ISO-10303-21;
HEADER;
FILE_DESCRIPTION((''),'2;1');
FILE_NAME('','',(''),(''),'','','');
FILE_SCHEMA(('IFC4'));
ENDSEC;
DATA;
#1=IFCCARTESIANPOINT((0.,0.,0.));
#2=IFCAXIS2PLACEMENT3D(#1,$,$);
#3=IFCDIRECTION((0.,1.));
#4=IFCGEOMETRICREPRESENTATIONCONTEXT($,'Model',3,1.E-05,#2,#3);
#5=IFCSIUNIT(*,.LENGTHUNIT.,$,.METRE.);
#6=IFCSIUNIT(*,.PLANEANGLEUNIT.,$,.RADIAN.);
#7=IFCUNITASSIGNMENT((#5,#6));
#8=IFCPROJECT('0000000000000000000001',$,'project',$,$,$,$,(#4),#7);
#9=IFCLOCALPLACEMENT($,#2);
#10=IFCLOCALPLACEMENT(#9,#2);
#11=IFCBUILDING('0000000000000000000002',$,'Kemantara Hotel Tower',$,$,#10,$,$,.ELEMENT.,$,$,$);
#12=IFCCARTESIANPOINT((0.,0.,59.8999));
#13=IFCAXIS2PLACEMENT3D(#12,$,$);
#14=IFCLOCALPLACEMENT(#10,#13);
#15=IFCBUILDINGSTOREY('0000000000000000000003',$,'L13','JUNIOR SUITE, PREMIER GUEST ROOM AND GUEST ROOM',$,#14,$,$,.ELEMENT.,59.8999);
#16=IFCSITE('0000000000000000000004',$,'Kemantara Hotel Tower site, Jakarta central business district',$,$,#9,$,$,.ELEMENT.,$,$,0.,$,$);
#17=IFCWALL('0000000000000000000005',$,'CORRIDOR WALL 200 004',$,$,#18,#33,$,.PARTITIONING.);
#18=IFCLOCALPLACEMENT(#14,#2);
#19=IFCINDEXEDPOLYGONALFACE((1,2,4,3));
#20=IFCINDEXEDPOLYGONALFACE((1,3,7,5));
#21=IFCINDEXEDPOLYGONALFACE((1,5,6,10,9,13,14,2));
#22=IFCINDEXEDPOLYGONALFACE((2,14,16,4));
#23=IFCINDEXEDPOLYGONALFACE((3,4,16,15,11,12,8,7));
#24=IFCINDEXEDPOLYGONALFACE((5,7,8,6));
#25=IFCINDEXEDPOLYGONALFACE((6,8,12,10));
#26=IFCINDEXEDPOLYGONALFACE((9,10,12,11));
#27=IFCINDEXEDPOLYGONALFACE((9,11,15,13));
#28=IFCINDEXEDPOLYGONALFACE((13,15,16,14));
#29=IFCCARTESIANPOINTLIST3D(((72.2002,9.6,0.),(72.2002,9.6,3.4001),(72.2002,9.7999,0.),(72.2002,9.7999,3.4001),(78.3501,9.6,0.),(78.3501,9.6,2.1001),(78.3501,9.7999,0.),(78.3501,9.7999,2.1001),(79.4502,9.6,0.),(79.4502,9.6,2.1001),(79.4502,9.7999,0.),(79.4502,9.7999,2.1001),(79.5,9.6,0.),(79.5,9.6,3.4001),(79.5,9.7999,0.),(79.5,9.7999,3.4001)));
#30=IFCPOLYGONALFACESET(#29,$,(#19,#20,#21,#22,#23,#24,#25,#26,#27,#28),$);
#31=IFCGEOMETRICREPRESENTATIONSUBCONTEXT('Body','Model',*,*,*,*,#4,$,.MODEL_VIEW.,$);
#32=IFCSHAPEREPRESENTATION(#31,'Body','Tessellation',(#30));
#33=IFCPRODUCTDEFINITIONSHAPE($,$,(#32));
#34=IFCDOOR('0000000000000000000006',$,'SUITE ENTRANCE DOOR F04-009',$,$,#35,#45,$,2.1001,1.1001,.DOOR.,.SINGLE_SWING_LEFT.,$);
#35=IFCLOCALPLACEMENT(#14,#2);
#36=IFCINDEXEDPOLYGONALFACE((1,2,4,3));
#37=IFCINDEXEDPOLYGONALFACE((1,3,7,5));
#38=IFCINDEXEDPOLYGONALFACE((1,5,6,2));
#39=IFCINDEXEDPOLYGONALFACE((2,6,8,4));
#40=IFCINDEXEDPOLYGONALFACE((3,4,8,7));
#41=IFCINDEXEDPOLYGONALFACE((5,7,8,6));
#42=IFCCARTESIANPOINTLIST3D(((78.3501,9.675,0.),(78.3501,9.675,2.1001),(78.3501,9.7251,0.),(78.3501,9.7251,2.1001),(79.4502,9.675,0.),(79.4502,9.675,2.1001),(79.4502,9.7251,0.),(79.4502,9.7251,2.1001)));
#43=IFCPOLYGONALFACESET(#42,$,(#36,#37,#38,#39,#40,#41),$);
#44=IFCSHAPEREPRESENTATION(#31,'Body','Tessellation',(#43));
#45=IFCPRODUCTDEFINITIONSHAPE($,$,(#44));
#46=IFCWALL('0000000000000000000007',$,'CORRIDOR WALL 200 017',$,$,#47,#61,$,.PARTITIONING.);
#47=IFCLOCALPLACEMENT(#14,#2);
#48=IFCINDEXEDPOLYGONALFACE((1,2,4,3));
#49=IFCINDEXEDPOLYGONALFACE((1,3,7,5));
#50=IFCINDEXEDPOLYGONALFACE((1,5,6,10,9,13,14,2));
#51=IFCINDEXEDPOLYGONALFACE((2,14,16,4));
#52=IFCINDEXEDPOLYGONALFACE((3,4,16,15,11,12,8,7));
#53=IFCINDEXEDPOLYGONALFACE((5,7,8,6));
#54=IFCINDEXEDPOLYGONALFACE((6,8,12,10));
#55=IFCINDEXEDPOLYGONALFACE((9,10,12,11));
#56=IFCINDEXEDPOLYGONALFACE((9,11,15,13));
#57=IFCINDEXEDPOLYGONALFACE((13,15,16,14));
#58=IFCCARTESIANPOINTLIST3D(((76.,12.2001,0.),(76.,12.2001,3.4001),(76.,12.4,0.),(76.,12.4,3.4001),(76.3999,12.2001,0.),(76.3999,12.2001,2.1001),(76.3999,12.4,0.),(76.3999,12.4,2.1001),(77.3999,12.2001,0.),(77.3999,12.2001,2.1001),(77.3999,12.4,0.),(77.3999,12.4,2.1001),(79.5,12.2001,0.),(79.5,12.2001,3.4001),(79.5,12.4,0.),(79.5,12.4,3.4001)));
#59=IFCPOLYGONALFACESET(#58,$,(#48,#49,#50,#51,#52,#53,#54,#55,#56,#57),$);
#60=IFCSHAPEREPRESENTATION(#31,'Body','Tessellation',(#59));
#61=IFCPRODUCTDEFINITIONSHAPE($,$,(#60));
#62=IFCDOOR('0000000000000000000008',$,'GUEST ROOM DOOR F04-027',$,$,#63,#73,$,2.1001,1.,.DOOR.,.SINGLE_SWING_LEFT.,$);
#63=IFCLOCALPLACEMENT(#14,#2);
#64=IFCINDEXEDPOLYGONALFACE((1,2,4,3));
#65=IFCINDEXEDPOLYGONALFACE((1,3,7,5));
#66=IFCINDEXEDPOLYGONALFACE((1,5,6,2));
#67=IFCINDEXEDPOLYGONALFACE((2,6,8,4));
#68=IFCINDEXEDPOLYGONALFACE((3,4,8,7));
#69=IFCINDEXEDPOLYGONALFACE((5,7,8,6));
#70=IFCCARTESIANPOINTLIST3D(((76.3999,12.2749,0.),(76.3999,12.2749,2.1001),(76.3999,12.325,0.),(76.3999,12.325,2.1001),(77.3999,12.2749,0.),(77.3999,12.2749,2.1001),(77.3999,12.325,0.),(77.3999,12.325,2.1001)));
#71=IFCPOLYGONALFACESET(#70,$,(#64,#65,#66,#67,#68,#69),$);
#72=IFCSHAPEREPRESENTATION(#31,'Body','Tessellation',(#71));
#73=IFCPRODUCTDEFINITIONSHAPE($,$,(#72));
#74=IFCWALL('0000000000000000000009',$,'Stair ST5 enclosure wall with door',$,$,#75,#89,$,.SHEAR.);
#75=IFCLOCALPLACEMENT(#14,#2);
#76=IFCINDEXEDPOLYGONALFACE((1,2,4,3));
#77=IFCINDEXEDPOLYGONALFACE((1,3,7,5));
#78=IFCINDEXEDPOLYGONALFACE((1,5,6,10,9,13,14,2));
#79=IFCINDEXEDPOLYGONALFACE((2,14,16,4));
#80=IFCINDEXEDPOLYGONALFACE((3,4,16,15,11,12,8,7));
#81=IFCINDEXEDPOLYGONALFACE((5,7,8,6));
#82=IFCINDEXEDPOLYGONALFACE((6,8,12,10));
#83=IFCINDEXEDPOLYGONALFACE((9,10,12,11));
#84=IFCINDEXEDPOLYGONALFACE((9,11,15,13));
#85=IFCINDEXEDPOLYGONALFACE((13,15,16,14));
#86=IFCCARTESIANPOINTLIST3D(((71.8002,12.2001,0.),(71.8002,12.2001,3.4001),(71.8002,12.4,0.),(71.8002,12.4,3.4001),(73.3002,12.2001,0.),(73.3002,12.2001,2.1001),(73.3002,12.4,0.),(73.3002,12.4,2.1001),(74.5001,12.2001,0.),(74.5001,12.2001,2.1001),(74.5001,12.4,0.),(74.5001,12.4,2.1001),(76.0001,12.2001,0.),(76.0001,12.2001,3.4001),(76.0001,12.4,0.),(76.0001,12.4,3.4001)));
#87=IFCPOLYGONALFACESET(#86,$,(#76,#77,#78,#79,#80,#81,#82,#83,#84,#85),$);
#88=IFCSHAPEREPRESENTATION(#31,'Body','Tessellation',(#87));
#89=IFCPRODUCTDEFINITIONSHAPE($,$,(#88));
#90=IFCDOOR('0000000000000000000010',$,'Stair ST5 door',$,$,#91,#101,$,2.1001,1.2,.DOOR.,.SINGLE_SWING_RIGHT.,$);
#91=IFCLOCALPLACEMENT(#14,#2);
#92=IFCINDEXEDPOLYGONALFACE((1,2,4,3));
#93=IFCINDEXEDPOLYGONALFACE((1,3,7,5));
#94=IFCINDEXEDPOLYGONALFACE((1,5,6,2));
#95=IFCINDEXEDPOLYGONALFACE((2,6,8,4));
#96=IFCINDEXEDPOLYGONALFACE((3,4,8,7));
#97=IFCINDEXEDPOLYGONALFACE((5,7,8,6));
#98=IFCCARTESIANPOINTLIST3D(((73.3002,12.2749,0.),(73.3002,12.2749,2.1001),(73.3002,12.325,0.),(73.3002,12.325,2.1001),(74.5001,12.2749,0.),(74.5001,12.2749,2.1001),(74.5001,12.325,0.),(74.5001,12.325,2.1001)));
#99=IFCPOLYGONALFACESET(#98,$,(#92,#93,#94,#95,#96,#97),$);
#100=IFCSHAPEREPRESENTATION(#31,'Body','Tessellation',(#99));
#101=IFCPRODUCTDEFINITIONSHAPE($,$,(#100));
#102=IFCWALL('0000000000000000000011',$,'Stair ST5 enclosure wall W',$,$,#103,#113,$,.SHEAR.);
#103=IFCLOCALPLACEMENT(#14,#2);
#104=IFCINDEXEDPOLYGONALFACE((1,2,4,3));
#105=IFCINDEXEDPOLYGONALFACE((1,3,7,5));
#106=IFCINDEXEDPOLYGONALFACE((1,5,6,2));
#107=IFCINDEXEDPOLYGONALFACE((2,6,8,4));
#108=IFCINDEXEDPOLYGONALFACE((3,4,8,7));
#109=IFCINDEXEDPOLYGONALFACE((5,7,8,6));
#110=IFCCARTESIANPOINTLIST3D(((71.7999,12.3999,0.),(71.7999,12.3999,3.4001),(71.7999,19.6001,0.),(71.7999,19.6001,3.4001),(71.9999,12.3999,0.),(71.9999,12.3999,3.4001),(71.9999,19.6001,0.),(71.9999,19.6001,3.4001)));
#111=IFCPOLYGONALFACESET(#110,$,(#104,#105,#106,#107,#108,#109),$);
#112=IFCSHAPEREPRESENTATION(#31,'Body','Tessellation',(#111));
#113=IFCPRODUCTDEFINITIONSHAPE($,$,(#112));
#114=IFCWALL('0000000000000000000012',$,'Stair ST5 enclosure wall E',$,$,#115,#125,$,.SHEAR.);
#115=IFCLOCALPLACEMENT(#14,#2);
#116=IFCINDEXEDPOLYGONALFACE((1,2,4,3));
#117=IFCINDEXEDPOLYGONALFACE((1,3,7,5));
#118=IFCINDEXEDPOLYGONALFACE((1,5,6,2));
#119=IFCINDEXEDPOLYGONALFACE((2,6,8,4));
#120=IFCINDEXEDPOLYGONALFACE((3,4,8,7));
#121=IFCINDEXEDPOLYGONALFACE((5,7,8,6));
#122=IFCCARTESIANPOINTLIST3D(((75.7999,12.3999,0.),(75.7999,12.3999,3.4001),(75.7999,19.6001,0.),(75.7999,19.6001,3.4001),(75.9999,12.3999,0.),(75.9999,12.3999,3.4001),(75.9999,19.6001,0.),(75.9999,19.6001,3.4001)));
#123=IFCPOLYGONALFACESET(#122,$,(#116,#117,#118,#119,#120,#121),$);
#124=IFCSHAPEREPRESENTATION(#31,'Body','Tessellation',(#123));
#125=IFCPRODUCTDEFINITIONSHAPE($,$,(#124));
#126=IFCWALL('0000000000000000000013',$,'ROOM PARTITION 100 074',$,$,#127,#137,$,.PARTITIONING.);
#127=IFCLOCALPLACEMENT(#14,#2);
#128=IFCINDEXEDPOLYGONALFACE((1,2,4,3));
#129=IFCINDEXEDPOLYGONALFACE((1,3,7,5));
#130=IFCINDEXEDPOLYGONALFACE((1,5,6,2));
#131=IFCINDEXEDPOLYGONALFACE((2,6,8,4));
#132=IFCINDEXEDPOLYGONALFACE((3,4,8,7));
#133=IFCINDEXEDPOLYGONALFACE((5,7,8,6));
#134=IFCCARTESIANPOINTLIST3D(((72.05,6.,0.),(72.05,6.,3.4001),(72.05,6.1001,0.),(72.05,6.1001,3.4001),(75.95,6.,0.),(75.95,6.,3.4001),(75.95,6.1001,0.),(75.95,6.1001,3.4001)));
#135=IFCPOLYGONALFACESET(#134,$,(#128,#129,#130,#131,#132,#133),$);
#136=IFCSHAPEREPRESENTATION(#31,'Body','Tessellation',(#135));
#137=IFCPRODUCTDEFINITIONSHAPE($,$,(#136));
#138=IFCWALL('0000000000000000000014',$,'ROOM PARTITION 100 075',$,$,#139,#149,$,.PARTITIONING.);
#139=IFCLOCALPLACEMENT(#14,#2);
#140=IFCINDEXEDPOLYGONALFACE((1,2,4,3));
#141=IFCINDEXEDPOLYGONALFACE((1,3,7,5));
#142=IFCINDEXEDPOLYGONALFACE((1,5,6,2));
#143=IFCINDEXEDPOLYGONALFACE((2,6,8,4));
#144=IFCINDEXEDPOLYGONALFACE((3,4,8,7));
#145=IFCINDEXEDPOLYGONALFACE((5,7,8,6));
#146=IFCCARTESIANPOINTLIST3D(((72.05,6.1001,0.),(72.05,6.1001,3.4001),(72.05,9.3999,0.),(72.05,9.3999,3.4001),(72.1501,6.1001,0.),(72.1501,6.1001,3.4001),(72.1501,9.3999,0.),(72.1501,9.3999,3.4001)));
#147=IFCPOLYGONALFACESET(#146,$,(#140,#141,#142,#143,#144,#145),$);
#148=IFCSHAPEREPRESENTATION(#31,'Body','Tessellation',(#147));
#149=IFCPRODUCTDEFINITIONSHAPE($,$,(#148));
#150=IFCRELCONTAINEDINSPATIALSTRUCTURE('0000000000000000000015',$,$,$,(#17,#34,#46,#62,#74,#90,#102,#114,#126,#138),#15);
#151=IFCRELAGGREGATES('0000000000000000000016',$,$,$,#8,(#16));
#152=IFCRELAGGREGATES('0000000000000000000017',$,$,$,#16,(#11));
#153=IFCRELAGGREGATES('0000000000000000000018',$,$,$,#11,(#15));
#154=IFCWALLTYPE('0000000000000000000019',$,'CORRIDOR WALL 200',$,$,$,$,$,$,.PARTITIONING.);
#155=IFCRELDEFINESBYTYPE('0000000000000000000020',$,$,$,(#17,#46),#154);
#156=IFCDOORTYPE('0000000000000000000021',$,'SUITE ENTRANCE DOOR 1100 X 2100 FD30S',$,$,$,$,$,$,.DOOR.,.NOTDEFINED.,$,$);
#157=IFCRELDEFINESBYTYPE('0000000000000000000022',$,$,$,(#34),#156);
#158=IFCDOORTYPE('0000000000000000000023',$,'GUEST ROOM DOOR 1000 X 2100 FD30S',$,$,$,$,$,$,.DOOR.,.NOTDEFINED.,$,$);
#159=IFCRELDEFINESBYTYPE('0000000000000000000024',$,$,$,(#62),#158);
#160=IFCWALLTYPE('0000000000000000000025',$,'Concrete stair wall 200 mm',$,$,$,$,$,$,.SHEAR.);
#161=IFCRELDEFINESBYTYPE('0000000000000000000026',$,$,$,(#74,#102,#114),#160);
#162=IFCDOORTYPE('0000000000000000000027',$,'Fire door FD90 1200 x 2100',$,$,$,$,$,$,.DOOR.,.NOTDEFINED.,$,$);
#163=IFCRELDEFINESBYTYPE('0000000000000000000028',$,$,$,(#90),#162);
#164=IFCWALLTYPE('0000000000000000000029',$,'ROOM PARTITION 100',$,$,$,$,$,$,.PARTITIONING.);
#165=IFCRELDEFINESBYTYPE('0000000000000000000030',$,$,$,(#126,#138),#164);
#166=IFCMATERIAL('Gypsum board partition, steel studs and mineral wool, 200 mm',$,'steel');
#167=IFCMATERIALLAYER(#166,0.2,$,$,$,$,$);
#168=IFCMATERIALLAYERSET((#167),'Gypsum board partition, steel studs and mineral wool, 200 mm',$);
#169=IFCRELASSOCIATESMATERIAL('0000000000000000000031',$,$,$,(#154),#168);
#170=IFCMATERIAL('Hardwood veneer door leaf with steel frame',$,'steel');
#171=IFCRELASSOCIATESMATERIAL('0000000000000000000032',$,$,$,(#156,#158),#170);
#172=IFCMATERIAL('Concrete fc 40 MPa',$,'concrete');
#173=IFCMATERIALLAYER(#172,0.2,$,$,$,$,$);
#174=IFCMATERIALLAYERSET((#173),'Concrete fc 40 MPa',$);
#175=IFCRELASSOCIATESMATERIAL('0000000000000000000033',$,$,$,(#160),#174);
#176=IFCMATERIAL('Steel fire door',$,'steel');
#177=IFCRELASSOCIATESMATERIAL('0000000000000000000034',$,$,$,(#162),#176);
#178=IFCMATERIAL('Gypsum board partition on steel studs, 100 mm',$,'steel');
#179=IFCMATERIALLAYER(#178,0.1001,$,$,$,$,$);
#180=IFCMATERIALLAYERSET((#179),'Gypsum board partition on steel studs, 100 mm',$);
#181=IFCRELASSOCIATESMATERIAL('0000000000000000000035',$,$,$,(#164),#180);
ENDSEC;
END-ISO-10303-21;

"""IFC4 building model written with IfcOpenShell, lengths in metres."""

from ifc_helpers import new_model, si_unit, direction, frame, frame_2d, origin, place, context, subcontext, project, spatial, rectangle, extrude, material, layer, layer_set, type_object, element, fill, save


model = new_model("IFC4")

# Units and contexts
model_context = context("Model", 3, precision=1e-05, world=origin(), true_north=direction((0.0, 1.0)))
body_context = subcontext(model_context, "Body", "Model", "MODEL_VIEW")
ifc_project = project(units=[si_unit("LENGTHUNIT", "METRE"), si_unit("PLANEANGLEUNIT", "RADIAN")], contexts=[model_context])

# Site, building, storey
site_placement = place(None, origin())
site = spatial("IfcSite", under=ifc_project, at=site_placement, Name="Kemantara Hotel Tower site, Jakarta central business district", CompositionType="ELEMENT", RefElevation=0.0)
building_placement = place(site_placement, origin())
building = spatial("IfcBuilding", under=site, at=building_placement, Name="Kemantara Hotel Tower", CompositionType="ELEMENT")
storey_placement = place(building_placement, frame((0.0, 0.0, 59.8999)))
storey = spatial("IfcBuildingStorey", under=building, at=storey_placement, Name="L13", Description="JUNIOR SUITE, PREMIER GUEST ROOM AND GUEST ROOM", CompositionType="ELEMENT", Elevation=59.8999)

# Walls, openings, doors
ifc_material_1 = material(Name="Gypsum board partition, steel studs and mineral wool, 200 mm", Category="steel")
ifc_layer_1 = layer(ifc_material_1, 0.2)
ifc_layer_set_1 = layer_set([ifc_layer_1], Name="Gypsum board partition, steel studs and mineral wool, 200 mm")
wall_type_1 = type_object("IfcWallType", Name="CORRIDOR WALL 200", PredefinedType="PARTITIONING", material=ifc_layer_set_1)
wall_1_placement = place(storey_placement, frame((79.5, 9.7, 0.0), z_axis=(0.0, 0.0, 1.0), x_axis=(-1.0, 0.0, 0.0)))
wall_1 = element("IfcWall", 1, at=wall_1_placement, inside=storey, type_object=wall_type_1, Name="CORRIDOR WALL 200 004", PredefinedType="PARTITIONING", context=body_context, shape_type="SweptSolid", body=[
    extrude(rectangle(XDim=7.2998, YDim=0.2, at=frame_2d((3.6499, 0.0))), origin(), (0.0, 0.0, 1.0), 3.4001),
])
opening_1_placement = place(wall_1_placement, frame((0.0498, 0.0, 0.0)))
opening_1 = element("IfcOpeningElement", 2, at=opening_1_placement, cuts=wall_1, PredefinedType="OPENING", context=body_context, shape_type="SweptSolid", body=[
    extrude(rectangle(XDim=1.1001, YDim=2.1001, at=frame_2d((0.55, 1.05))), frame((0.0, 0.1099, 0.0), z_axis=(0.0, -1.0, 0.0), x_axis=(1.0, 0.0, 0.0)), (0.0, 0.0, 1.0), 0.22),
])
ifc_material_2 = material(Name="Hardwood veneer door leaf with steel frame", Category="steel")
door_type_1 = type_object("IfcDoorType", Name="SUITE ENTRANCE DOOR 1100 X 2100 FD30S", OperationType="NOTDEFINED", PredefinedType="DOOR", material=ifc_material_2)
door_1_placement = place(opening_1_placement, origin())
door_1 = element("IfcDoor", 3, at=door_1_placement, inside=storey, type_object=door_type_1, Name="SUITE ENTRANCE DOOR F04-009", OperationType="SINGLE_SWING_LEFT", OverallHeight=2.1001, OverallWidth=1.1001, PredefinedType="DOOR", context=body_context, shape_type="SweptSolid", body=[
    extrude(rectangle(XDim=1.1001, YDim=2.1001, at=frame_2d((0.55, 1.05))), frame((0.0, 0.0249, 0.0), z_axis=(0.0, -1.0, 0.0), x_axis=(1.0, 0.0, 0.0)), (0.0, 0.0, 1.0), 0.05),
])
fill(opening_1, door_1)
wall_2_placement = place(storey_placement, frame((76.0, 12.3, 0.0), z_axis=(0.0, 0.0, 1.0), x_axis=(1.0, 0.0, 0.0)))
wall_2 = element("IfcWall", 4, at=wall_2_placement, inside=storey, type_object=wall_type_1, Name="CORRIDOR WALL 200 017", PredefinedType="PARTITIONING", context=body_context, shape_type="SweptSolid", body=[
    extrude(rectangle(XDim=3.5, YDim=0.2, at=frame_2d((1.75, 0.0))), origin(), (0.0, 0.0, 1.0), 3.4001),
])
opening_2_placement = place(wall_2_placement, frame((0.3999, 0.0, 0.0)))
opening_2 = element("IfcOpeningElement", 5, at=opening_2_placement, cuts=wall_2, PredefinedType="OPENING", context=body_context, shape_type="SweptSolid", body=[
    extrude(rectangle(XDim=1.0, YDim=2.1001, at=frame_2d((0.5, 1.05))), frame((0.0, 0.1099, 0.0), z_axis=(0.0, -1.0, 0.0), x_axis=(1.0, 0.0, 0.0)), (0.0, 0.0, 1.0), 0.22),
])
door_type_2 = type_object("IfcDoorType", Name="GUEST ROOM DOOR 1000 X 2100 FD30S", OperationType="NOTDEFINED", PredefinedType="DOOR", material=ifc_material_2)
door_2_placement = place(opening_2_placement, origin())
door_2 = element("IfcDoor", 6, at=door_2_placement, inside=storey, type_object=door_type_2, Name="GUEST ROOM DOOR F04-027", OperationType="SINGLE_SWING_LEFT", OverallHeight=2.1001, OverallWidth=1.0, PredefinedType="DOOR", context=body_context, shape_type="SweptSolid", body=[
    extrude(rectangle(XDim=1.0, YDim=2.1001, at=frame_2d((0.5, 1.05))), frame((0.0, 0.0249, 0.0), z_axis=(0.0, -1.0, 0.0), x_axis=(1.0, 0.0, 0.0)), (0.0, 0.0, 1.0), 0.05),
])
fill(opening_2, door_2)
ifc_material_3 = material(Name="Concrete fc 40 MPa", Category="concrete")
ifc_layer_2 = layer(ifc_material_3, 0.2)
ifc_layer_set_2 = layer_set([ifc_layer_2], Name="Concrete fc 40 MPa")
wall_type_2 = type_object("IfcWallType", Name="Concrete stair wall 200 mm", PredefinedType="SHEAR", material=ifc_layer_set_2)
wall_3_placement = place(storey_placement, frame((71.8, 12.3, 0.0), z_axis=(0.0, 0.0, 1.0), x_axis=(1.0, 0.0, 0.0)))
wall_3 = element("IfcWall", 7, at=wall_3_placement, inside=storey, type_object=wall_type_2, Name="Stair ST5 enclosure wall with door", PredefinedType="SHEAR", context=body_context, shape_type="SweptSolid", body=[
    extrude(rectangle(XDim=4.2, YDim=0.2, at=frame_2d((2.1001, 0.0))), origin(), (0.0, 0.0, 1.0), 3.4001),
])
opening_3_placement = place(wall_3_placement, frame((1.5, 0.0, 0.0)))
opening_3 = element("IfcOpeningElement", 8, at=opening_3_placement, cuts=wall_3, PredefinedType="OPENING", context=body_context, shape_type="SweptSolid", body=[
    extrude(rectangle(XDim=1.2, YDim=2.1001, at=frame_2d((0.6001, 1.05))), frame((0.0, 0.1099, 0.0), z_axis=(0.0, -1.0, 0.0), x_axis=(1.0, 0.0, 0.0)), (0.0, 0.0, 1.0), 0.22),
])
ifc_material_4 = material(Name="Steel fire door", Category="steel")
door_type_3 = type_object("IfcDoorType", Name="Fire door FD90 1200 x 2100", OperationType="NOTDEFINED", PredefinedType="DOOR", material=ifc_material_4)
door_3_placement = place(opening_3_placement, origin())
door_3 = element("IfcDoor", 9, at=door_3_placement, inside=storey, type_object=door_type_3, Name="Stair ST5 door", OperationType="SINGLE_SWING_RIGHT", OverallHeight=2.1001, OverallWidth=1.2, PredefinedType="DOOR", context=body_context, shape_type="SweptSolid", body=[
    extrude(rectangle(XDim=1.2, YDim=2.1001, at=frame_2d((0.6001, 1.05))), frame((0.0, 0.0249, 0.0), z_axis=(0.0, -1.0, 0.0), x_axis=(1.0, 0.0, 0.0)), (0.0, 0.0, 1.0), 0.05),
])
fill(opening_3, door_3)

# Walls
for number, where, z_axis, x_axis, name in (
    (10, (71.8999, 12.3999, 0.0), (0.0, 0.0, 1.0), (0.0, 1.0, 0.0), "Stair ST5 enclosure wall W"),
    (11, (75.8999, 12.3999, 0.0), (0.0, 0.0, 1.0), (0.0, 1.0, 0.0), "Stair ST5 enclosure wall E"),
):
    element("IfcWall", number, at=place(storey_placement, frame(where, z_axis=z_axis, x_axis=x_axis)), inside=storey, type_object=wall_type_2, Name=name, PredefinedType="SHEAR", context=body_context, shape_type="SweptSolid", body=[
        extrude(rectangle(XDim=7.2002, YDim=0.2, at=frame_2d((3.6001, 0.0))), origin(), (0.0, 0.0, 1.0), 3.4001),
    ])
ifc_material_5 = material(Name="Gypsum board partition on steel studs, 100 mm", Category="steel")
ifc_layer_3 = layer(ifc_material_5, 0.1001)
ifc_layer_set_3 = layer_set([ifc_layer_3], Name="Gypsum board partition on steel studs, 100 mm")
wall_type_3 = type_object("IfcWallType", Name="ROOM PARTITION 100", PredefinedType="PARTITIONING", material=ifc_layer_set_3)
wall_4_placement = place(storey_placement, frame((72.05, 6.05, 0.0), z_axis=(0.0, 0.0, 1.0), x_axis=(1.0, 0.0, 0.0)))
element("IfcWall", 12, at=wall_4_placement, inside=storey, type_object=wall_type_3, Name="ROOM PARTITION 100 074", PredefinedType="PARTITIONING", context=body_context, shape_type="SweptSolid", body=[
    extrude(rectangle(XDim=3.8999, YDim=0.1001, at=frame_2d((1.95, 0.0))), origin(), (0.0, 0.0, 1.0), 3.4001),
])
wall_5_placement = place(storey_placement, frame((72.1001, 6.1001, 0.0), z_axis=(0.0, 0.0, 1.0), x_axis=(0.0, 1.0, 0.0)))
element("IfcWall", 13, at=wall_5_placement, inside=storey, type_object=wall_type_3, Name="ROOM PARTITION 100 075", PredefinedType="PARTITIONING", context=body_context, shape_type="SweptSolid", body=[
    extrude(rectangle(XDim=3.2998, YDim=0.1001, at=frame_2d((1.6499, 0.0))), origin(), (0.0, 0.0, 1.0), 3.4001),
])

save(model, "model.ifc")
